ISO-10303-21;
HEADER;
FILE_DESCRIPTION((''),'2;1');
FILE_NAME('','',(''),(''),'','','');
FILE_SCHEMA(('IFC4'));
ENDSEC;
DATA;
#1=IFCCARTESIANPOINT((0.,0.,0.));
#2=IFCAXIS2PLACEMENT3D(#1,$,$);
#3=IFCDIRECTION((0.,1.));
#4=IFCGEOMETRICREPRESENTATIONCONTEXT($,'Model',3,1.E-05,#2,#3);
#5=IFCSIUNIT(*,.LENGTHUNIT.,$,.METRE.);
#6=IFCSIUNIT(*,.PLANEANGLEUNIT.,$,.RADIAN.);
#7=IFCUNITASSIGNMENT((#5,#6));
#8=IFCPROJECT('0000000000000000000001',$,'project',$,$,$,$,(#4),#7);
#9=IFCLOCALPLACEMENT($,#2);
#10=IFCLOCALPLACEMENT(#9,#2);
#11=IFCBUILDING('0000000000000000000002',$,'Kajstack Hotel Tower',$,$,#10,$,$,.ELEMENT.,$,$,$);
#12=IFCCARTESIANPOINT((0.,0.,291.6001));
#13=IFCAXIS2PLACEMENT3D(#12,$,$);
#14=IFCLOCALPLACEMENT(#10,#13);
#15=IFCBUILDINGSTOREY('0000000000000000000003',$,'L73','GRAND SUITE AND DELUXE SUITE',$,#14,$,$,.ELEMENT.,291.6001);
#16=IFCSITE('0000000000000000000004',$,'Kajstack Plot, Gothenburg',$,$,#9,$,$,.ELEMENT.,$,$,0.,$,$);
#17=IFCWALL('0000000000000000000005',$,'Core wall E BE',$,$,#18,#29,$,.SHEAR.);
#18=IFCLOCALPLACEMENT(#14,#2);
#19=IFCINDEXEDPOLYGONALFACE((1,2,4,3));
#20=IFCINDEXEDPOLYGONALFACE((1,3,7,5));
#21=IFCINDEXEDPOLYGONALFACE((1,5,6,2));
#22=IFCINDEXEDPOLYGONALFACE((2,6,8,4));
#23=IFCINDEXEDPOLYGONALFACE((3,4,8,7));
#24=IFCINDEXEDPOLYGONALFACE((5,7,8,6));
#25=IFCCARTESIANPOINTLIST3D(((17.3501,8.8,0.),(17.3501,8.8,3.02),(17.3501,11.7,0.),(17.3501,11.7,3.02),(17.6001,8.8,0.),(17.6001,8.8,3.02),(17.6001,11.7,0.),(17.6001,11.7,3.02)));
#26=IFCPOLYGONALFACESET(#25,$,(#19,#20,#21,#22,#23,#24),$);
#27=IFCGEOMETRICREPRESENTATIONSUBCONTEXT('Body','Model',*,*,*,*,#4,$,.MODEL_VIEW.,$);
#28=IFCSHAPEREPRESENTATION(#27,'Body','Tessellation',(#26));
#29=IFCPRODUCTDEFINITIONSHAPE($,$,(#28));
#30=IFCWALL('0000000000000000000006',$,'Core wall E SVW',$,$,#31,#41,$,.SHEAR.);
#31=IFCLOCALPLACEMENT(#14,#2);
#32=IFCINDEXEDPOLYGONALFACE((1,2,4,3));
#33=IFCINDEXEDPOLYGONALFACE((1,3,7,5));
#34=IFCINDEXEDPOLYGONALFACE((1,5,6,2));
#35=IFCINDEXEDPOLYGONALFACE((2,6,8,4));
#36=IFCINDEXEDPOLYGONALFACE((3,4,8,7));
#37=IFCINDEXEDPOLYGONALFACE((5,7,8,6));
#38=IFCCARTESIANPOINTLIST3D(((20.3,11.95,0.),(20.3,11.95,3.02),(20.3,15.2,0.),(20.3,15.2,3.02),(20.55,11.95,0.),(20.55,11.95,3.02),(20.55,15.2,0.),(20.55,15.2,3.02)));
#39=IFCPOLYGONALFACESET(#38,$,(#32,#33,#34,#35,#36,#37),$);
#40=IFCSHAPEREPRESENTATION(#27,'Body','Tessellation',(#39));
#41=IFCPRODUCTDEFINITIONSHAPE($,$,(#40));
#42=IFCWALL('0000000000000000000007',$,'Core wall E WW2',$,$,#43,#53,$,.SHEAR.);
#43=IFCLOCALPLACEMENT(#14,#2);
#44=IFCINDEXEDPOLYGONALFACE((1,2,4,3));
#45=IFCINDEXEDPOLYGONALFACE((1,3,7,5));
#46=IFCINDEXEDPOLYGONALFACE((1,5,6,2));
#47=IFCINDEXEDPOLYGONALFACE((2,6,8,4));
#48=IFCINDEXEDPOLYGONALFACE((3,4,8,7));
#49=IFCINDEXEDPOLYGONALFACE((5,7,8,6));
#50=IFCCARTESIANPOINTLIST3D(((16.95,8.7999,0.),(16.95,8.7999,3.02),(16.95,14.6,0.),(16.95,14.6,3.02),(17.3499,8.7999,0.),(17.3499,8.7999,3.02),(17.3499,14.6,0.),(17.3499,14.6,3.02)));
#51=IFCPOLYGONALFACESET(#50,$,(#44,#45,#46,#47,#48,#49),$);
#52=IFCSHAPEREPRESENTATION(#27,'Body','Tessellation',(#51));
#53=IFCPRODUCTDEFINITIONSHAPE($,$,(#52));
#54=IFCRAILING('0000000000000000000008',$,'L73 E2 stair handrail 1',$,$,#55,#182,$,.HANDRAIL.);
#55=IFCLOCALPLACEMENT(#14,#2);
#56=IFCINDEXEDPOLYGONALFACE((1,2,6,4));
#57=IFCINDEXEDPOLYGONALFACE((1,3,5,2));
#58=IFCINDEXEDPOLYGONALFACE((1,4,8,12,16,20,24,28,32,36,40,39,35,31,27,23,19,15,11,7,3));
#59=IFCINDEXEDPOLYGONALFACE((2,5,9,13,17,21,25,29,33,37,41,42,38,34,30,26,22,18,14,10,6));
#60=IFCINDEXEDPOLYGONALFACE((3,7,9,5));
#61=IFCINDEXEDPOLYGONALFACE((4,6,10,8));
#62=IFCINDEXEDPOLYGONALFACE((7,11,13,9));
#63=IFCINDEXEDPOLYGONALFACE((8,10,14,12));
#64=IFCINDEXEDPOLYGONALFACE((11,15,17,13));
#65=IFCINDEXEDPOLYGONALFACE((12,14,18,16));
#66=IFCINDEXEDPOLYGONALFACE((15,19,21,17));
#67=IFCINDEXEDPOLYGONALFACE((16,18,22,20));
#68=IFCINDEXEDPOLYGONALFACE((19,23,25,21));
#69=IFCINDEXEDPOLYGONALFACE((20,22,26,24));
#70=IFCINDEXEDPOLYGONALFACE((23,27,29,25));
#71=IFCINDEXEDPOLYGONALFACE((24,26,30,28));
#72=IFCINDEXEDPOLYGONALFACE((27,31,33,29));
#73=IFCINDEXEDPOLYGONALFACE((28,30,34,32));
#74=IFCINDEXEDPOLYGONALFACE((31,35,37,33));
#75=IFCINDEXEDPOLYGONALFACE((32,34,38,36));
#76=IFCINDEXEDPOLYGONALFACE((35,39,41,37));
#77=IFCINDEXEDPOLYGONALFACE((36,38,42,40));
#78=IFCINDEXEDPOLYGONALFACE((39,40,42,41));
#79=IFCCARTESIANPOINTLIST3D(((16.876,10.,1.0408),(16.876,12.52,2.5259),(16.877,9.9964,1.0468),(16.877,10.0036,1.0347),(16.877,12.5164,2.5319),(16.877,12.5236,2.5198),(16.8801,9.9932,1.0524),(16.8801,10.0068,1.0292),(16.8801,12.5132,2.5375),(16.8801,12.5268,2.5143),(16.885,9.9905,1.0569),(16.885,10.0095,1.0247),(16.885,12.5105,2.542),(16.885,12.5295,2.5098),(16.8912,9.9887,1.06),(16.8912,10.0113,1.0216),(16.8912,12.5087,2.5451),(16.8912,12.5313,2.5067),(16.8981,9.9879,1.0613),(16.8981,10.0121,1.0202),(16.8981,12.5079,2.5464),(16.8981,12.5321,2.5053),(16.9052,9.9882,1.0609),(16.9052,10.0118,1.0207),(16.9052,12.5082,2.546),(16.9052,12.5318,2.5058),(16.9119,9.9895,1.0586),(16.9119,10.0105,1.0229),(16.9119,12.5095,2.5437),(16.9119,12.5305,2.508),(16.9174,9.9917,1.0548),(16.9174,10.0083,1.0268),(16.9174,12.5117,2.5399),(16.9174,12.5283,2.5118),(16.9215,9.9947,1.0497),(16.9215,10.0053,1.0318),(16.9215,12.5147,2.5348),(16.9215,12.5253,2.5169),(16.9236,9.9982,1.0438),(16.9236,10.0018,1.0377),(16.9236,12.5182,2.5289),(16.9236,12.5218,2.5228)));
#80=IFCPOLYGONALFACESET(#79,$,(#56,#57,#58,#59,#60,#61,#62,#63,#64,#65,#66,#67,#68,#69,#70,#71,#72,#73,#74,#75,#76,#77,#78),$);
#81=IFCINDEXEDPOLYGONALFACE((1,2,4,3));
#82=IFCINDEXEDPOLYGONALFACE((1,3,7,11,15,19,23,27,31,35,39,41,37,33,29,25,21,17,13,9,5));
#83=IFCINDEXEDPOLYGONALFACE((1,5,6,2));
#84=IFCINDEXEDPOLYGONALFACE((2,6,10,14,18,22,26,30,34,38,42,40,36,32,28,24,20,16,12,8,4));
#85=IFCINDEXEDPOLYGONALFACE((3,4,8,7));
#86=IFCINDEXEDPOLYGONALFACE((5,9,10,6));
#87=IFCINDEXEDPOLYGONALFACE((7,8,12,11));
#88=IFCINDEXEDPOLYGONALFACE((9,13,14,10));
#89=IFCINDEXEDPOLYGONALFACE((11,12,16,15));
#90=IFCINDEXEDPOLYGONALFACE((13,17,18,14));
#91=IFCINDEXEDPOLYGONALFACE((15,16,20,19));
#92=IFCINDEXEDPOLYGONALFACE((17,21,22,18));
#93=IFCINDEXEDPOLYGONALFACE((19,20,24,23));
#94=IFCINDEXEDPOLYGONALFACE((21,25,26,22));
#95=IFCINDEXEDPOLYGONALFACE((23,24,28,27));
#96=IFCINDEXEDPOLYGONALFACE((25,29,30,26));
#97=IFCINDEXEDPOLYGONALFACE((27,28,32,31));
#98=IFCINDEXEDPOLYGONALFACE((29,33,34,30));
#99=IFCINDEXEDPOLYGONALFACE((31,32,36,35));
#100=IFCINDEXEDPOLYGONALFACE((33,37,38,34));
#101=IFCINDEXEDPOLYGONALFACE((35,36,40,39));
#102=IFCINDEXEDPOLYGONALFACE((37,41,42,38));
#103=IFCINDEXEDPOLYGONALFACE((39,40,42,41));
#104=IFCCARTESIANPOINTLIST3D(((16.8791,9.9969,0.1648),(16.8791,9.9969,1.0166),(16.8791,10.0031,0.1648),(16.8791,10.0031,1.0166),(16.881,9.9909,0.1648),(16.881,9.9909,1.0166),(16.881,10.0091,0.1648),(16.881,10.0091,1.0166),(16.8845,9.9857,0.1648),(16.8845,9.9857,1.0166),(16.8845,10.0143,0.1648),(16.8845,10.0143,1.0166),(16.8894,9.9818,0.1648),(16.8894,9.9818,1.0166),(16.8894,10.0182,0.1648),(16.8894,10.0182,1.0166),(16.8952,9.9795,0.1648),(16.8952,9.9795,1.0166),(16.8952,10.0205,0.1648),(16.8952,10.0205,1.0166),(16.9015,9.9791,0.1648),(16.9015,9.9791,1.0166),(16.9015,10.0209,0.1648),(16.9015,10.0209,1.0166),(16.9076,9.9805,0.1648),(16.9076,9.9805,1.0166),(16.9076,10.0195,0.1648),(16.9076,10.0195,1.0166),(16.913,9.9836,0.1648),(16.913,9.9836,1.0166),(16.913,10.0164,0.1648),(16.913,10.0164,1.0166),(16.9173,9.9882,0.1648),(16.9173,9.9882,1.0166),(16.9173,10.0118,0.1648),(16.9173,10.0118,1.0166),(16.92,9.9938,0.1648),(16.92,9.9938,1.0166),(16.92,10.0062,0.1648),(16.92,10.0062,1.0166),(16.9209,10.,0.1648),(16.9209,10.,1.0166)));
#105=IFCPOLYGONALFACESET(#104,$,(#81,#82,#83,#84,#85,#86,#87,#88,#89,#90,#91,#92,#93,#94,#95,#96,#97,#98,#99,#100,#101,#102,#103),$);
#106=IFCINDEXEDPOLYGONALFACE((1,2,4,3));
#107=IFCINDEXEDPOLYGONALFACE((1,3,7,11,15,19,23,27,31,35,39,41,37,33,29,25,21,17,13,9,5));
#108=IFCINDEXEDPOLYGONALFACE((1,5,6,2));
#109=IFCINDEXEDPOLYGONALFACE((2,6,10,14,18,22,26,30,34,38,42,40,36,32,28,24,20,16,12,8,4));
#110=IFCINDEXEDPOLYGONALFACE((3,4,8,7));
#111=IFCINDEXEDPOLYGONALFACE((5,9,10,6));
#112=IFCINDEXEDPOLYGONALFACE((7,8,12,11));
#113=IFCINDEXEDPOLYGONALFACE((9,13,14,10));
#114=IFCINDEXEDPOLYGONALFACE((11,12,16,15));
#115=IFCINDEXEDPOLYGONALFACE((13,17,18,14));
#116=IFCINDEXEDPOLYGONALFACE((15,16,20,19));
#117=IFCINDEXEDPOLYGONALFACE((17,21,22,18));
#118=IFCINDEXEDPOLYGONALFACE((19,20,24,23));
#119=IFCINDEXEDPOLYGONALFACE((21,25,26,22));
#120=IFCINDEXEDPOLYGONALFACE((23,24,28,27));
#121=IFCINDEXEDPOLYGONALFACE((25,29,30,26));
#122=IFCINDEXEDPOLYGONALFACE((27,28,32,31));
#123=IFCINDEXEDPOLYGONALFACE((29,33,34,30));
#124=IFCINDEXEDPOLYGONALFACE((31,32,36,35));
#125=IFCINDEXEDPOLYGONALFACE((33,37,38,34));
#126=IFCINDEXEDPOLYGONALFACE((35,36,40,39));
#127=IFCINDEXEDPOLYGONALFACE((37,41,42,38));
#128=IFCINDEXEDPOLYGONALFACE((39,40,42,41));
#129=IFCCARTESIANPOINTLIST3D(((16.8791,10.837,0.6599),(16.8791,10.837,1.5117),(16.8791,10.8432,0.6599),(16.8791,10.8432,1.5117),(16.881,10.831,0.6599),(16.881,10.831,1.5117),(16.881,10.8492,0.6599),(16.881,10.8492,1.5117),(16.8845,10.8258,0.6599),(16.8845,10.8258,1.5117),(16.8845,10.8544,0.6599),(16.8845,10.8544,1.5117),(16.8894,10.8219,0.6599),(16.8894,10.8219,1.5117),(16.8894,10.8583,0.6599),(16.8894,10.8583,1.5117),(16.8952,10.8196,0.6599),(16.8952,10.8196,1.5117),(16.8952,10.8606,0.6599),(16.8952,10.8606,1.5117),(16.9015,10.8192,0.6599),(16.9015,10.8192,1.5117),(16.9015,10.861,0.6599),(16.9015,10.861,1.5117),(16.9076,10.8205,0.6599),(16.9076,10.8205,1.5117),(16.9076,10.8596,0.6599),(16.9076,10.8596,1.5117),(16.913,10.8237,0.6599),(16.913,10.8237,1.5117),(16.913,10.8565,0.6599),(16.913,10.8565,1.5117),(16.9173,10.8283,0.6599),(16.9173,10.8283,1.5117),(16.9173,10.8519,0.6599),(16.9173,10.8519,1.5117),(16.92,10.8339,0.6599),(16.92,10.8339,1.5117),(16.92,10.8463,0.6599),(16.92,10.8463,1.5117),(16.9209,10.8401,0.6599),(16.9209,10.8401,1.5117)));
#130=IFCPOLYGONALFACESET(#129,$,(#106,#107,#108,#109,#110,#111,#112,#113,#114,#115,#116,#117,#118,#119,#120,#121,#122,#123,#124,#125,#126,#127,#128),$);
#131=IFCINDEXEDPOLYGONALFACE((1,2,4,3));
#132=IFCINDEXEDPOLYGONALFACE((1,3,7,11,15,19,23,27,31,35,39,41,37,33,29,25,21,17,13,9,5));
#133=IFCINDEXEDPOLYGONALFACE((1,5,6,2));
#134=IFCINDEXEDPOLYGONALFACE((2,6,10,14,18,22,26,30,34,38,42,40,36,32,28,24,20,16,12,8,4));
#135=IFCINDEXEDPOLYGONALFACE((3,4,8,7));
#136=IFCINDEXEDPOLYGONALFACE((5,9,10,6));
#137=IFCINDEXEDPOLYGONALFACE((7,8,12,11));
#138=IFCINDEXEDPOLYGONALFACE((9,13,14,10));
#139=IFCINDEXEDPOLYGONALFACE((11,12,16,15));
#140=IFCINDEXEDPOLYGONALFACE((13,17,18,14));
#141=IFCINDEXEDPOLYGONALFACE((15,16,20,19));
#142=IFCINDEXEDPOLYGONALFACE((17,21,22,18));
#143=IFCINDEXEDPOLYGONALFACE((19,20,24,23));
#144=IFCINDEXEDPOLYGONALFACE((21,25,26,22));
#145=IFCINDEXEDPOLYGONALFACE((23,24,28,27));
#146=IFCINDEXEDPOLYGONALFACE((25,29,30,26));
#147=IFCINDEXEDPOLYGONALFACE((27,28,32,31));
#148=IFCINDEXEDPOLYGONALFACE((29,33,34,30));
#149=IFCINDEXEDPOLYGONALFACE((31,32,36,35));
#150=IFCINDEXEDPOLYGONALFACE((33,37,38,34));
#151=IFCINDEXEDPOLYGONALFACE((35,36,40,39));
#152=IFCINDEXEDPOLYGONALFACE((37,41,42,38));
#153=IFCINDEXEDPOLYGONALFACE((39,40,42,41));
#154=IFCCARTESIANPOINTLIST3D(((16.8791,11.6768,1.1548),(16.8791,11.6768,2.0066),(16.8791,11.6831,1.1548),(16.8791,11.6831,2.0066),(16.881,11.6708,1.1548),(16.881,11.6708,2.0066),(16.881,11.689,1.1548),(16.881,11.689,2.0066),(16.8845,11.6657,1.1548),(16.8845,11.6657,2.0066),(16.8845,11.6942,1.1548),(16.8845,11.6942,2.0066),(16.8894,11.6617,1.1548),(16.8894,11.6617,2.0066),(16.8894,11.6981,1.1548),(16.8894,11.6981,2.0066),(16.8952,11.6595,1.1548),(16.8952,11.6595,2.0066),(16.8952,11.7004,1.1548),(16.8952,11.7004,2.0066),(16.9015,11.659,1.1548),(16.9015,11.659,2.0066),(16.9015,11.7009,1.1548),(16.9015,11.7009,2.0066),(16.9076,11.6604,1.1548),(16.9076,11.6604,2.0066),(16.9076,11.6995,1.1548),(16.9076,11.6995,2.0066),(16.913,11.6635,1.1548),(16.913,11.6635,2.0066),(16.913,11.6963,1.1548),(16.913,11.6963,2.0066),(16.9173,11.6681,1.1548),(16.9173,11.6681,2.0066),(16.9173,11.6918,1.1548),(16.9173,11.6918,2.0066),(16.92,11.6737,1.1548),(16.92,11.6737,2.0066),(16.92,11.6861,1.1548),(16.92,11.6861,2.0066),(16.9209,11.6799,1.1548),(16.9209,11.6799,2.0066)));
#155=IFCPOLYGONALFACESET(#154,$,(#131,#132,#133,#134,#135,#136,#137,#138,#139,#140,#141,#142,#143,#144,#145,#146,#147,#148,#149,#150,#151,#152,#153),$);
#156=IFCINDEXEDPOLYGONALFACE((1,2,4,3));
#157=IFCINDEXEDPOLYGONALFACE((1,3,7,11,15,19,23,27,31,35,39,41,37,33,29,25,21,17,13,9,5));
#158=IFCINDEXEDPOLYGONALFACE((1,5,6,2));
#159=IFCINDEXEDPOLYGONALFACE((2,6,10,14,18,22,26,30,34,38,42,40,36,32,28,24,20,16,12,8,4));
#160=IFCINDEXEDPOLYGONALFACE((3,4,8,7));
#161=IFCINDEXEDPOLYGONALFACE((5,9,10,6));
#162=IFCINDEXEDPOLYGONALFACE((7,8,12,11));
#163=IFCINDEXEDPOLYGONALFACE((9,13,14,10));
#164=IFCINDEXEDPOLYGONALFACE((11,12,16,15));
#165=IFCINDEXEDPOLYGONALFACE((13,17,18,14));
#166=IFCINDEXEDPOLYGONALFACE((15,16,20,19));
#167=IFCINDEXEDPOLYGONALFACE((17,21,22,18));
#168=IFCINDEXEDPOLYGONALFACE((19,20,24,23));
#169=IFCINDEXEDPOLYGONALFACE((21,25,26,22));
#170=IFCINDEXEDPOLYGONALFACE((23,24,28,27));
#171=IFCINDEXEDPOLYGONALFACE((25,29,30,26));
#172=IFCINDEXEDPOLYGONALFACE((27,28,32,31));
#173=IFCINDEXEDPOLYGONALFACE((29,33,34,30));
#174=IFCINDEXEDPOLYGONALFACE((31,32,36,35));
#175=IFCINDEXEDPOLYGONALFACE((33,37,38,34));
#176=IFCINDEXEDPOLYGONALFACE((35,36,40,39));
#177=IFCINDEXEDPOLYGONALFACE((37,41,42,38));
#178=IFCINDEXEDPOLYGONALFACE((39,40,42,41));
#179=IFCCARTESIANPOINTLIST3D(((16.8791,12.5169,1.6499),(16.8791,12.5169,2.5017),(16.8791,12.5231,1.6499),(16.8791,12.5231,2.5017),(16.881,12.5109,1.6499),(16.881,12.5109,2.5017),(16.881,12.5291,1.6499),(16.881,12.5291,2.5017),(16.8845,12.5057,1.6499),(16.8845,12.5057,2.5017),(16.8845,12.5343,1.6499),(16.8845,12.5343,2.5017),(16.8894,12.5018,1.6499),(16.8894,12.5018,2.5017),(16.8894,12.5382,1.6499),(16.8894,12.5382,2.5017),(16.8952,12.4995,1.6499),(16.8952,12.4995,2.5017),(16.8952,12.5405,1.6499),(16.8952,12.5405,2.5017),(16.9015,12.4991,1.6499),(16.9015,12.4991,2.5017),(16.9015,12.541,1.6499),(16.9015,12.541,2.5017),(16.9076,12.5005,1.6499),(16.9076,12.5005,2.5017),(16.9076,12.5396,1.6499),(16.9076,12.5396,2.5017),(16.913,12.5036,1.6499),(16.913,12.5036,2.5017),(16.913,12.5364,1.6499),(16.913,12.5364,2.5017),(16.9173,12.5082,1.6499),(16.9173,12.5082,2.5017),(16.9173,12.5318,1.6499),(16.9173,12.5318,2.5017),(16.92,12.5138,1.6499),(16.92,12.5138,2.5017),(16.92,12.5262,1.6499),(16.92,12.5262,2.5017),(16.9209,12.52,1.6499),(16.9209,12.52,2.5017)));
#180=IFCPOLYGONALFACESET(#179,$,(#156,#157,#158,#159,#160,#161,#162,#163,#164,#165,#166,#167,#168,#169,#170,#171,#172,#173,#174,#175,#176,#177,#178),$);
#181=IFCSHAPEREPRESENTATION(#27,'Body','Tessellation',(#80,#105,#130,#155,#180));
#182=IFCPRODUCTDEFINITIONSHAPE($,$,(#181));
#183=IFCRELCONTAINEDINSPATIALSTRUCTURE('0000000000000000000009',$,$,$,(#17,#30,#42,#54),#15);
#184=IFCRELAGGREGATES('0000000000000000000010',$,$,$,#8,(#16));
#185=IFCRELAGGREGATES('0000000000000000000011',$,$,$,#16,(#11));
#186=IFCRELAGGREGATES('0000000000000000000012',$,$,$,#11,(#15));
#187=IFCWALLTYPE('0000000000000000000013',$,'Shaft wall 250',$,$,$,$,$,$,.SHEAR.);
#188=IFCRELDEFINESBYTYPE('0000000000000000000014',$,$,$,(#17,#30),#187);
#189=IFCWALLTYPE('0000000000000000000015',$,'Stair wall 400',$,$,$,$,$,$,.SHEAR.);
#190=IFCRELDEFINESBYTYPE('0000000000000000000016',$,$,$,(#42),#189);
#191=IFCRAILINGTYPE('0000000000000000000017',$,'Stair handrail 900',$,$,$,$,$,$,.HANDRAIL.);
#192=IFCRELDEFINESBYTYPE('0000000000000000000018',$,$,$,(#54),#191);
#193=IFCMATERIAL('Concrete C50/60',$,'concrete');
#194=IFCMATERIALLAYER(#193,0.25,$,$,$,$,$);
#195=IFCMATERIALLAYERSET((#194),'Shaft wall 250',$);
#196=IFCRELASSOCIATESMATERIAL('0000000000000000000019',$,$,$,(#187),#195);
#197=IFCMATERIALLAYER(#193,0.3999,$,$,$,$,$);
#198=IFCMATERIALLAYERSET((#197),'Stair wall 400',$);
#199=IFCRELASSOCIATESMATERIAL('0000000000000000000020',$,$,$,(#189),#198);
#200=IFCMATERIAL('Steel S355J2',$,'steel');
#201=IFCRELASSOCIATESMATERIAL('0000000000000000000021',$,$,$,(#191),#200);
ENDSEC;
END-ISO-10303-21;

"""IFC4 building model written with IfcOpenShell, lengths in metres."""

from ifc_helpers import new_model, si_unit, direction, frame, frame_2d, origin, origin_2d, place, context, subcontext, project, spatial, rectangle, circle, extrude, material, layer, layer_set, type_object, element, save


model = new_model("IFC4")

# Units and contexts
model_context = context("Model", 3, precision=1e-05, world=origin(), true_north=direction((0.0, 1.0)))
body_context = subcontext(model_context, "Body", "Model", "MODEL_VIEW")
ifc_project = project(units=[si_unit("LENGTHUNIT", "METRE"), si_unit("PLANEANGLEUNIT", "RADIAN")], contexts=[model_context])

# Site, building, storey
site_placement = place(None, origin())
site = spatial("IfcSite", under=ifc_project, at=site_placement, Name="Kajstack Plot, Gothenburg", CompositionType="ELEMENT", RefElevation=0.0)
building_placement = place(site_placement, origin())
building = spatial("IfcBuilding", under=site, at=building_placement, Name="Kajstack Hotel Tower", CompositionType="ELEMENT")
storey_placement = place(building_placement, frame((0.0, 0.0, 291.6001)))
storey = spatial("IfcBuildingStorey", under=building, at=storey_placement, Name="L73", Description="GRAND SUITE AND DELUXE SUITE", CompositionType="ELEMENT", Elevation=291.6001)

# Shared definitions
ifc_material_1 = material(Name="Concrete C50/60", Category="concrete")
ifc_layer_1 = layer(ifc_material_1, 0.25)
ifc_layer_set_1 = layer_set([ifc_layer_1], Name="Shaft wall 250")
wall_type_1 = type_object("IfcWallType", Name="Shaft wall 250", PredefinedType="SHEAR", material=ifc_layer_set_1)

# Walls
wall_1_placement = place(storey_placement, frame((17.4751, 8.8, 0.0), z_axis=(0.0, 0.0, 1.0), x_axis=(0.0, 1.0, 0.0)))
element("IfcWall", 1, at=wall_1_placement, inside=storey, type_object=wall_type_1, Name="Core wall E BE", PredefinedType="SHEAR", context=body_context, shape_type="SweptSolid", body=[
    extrude(rectangle(XDim=2.8999, YDim=0.25, at=frame_2d((1.45, 0.0))), origin(), (0.0, 0.0, 1.0), 3.02),
])
wall_2_placement = place(storey_placement, frame((20.425, 11.95, 0.0), z_axis=(0.0, 0.0, 1.0), x_axis=(0.0, 1.0, 0.0)))
element("IfcWall", 2, at=wall_2_placement, inside=storey, type_object=wall_type_1, Name="Core wall E SVW", PredefinedType="SHEAR", context=body_context, shape_type="SweptSolid", body=[
    extrude(rectangle(XDim=3.25, YDim=0.25, at=frame_2d((1.625, 0.0))), origin(), (0.0, 0.0, 1.0), 3.02),
])
ifc_layer_2 = layer(ifc_material_1, 0.3999)
ifc_layer_set_2 = layer_set([ifc_layer_2], Name="Stair wall 400")
wall_type_2 = type_object("IfcWallType", Name="Stair wall 400", PredefinedType="SHEAR", material=ifc_layer_set_2)
wall_3_placement = place(storey_placement, frame((17.1499, 8.8, 0.0), z_axis=(0.0, 0.0, 1.0), x_axis=(0.0, 1.0, 0.0)))
element("IfcWall", 3, at=wall_3_placement, inside=storey, type_object=wall_type_2, Name="Core wall E WW2", PredefinedType="SHEAR", context=body_context, shape_type="SweptSolid", body=[
    extrude(rectangle(XDim=5.8, YDim=0.3999, at=frame_2d((2.8999, 0.0))), origin(), (0.0, 0.0, 1.0), 3.02),
])

# Railing
ifc_material_2 = material(Name="Steel S355J2", Category="steel")
railing_type_1 = type_object("IfcRailingType", Name="Stair handrail 900", PredefinedType="HANDRAIL", material=ifc_material_2)
railing_1_placement = place(storey_placement, frame((16.8999, 10.0, 0.1648)))
element("IfcRailing", 4, at=railing_1_placement, inside=storey, type_object=railing_type_1, Name="L73 E2 stair handrail 1", PredefinedType="HANDRAIL", context=body_context, shape_type="SweptSolid", body=[
    extrude(circle(Radius=0.0239, at=origin_2d()), frame((0.0, 0.0, 0.876), z_axis=(0.0, 0.861524, 0.507717), x_axis=(-1.0, 0.0, 0.0)), (0.0, 0.0, 1.0), 2.925),
    extrude(circle(Radius=0.021, at=origin_2d()), origin(), (0.0, 0.0, 1.0), 0.8518),
    extrude(circle(Radius=0.021, at=origin_2d()), frame((0.0, 0.8401, 0.4951)), (0.0, 0.0, 1.0), 0.8518),
    extrude(circle(Radius=0.021, at=origin_2d()), frame((0.0, 1.6799, 0.99)), (0.0, 0.0, 1.0), 0.8518),
    extrude(circle(Radius=0.021, at=origin_2d()), frame((0.0, 2.52, 1.4851)), (0.0, 0.0, 1.0), 0.8518),
])

save(model, "model.ifc")
